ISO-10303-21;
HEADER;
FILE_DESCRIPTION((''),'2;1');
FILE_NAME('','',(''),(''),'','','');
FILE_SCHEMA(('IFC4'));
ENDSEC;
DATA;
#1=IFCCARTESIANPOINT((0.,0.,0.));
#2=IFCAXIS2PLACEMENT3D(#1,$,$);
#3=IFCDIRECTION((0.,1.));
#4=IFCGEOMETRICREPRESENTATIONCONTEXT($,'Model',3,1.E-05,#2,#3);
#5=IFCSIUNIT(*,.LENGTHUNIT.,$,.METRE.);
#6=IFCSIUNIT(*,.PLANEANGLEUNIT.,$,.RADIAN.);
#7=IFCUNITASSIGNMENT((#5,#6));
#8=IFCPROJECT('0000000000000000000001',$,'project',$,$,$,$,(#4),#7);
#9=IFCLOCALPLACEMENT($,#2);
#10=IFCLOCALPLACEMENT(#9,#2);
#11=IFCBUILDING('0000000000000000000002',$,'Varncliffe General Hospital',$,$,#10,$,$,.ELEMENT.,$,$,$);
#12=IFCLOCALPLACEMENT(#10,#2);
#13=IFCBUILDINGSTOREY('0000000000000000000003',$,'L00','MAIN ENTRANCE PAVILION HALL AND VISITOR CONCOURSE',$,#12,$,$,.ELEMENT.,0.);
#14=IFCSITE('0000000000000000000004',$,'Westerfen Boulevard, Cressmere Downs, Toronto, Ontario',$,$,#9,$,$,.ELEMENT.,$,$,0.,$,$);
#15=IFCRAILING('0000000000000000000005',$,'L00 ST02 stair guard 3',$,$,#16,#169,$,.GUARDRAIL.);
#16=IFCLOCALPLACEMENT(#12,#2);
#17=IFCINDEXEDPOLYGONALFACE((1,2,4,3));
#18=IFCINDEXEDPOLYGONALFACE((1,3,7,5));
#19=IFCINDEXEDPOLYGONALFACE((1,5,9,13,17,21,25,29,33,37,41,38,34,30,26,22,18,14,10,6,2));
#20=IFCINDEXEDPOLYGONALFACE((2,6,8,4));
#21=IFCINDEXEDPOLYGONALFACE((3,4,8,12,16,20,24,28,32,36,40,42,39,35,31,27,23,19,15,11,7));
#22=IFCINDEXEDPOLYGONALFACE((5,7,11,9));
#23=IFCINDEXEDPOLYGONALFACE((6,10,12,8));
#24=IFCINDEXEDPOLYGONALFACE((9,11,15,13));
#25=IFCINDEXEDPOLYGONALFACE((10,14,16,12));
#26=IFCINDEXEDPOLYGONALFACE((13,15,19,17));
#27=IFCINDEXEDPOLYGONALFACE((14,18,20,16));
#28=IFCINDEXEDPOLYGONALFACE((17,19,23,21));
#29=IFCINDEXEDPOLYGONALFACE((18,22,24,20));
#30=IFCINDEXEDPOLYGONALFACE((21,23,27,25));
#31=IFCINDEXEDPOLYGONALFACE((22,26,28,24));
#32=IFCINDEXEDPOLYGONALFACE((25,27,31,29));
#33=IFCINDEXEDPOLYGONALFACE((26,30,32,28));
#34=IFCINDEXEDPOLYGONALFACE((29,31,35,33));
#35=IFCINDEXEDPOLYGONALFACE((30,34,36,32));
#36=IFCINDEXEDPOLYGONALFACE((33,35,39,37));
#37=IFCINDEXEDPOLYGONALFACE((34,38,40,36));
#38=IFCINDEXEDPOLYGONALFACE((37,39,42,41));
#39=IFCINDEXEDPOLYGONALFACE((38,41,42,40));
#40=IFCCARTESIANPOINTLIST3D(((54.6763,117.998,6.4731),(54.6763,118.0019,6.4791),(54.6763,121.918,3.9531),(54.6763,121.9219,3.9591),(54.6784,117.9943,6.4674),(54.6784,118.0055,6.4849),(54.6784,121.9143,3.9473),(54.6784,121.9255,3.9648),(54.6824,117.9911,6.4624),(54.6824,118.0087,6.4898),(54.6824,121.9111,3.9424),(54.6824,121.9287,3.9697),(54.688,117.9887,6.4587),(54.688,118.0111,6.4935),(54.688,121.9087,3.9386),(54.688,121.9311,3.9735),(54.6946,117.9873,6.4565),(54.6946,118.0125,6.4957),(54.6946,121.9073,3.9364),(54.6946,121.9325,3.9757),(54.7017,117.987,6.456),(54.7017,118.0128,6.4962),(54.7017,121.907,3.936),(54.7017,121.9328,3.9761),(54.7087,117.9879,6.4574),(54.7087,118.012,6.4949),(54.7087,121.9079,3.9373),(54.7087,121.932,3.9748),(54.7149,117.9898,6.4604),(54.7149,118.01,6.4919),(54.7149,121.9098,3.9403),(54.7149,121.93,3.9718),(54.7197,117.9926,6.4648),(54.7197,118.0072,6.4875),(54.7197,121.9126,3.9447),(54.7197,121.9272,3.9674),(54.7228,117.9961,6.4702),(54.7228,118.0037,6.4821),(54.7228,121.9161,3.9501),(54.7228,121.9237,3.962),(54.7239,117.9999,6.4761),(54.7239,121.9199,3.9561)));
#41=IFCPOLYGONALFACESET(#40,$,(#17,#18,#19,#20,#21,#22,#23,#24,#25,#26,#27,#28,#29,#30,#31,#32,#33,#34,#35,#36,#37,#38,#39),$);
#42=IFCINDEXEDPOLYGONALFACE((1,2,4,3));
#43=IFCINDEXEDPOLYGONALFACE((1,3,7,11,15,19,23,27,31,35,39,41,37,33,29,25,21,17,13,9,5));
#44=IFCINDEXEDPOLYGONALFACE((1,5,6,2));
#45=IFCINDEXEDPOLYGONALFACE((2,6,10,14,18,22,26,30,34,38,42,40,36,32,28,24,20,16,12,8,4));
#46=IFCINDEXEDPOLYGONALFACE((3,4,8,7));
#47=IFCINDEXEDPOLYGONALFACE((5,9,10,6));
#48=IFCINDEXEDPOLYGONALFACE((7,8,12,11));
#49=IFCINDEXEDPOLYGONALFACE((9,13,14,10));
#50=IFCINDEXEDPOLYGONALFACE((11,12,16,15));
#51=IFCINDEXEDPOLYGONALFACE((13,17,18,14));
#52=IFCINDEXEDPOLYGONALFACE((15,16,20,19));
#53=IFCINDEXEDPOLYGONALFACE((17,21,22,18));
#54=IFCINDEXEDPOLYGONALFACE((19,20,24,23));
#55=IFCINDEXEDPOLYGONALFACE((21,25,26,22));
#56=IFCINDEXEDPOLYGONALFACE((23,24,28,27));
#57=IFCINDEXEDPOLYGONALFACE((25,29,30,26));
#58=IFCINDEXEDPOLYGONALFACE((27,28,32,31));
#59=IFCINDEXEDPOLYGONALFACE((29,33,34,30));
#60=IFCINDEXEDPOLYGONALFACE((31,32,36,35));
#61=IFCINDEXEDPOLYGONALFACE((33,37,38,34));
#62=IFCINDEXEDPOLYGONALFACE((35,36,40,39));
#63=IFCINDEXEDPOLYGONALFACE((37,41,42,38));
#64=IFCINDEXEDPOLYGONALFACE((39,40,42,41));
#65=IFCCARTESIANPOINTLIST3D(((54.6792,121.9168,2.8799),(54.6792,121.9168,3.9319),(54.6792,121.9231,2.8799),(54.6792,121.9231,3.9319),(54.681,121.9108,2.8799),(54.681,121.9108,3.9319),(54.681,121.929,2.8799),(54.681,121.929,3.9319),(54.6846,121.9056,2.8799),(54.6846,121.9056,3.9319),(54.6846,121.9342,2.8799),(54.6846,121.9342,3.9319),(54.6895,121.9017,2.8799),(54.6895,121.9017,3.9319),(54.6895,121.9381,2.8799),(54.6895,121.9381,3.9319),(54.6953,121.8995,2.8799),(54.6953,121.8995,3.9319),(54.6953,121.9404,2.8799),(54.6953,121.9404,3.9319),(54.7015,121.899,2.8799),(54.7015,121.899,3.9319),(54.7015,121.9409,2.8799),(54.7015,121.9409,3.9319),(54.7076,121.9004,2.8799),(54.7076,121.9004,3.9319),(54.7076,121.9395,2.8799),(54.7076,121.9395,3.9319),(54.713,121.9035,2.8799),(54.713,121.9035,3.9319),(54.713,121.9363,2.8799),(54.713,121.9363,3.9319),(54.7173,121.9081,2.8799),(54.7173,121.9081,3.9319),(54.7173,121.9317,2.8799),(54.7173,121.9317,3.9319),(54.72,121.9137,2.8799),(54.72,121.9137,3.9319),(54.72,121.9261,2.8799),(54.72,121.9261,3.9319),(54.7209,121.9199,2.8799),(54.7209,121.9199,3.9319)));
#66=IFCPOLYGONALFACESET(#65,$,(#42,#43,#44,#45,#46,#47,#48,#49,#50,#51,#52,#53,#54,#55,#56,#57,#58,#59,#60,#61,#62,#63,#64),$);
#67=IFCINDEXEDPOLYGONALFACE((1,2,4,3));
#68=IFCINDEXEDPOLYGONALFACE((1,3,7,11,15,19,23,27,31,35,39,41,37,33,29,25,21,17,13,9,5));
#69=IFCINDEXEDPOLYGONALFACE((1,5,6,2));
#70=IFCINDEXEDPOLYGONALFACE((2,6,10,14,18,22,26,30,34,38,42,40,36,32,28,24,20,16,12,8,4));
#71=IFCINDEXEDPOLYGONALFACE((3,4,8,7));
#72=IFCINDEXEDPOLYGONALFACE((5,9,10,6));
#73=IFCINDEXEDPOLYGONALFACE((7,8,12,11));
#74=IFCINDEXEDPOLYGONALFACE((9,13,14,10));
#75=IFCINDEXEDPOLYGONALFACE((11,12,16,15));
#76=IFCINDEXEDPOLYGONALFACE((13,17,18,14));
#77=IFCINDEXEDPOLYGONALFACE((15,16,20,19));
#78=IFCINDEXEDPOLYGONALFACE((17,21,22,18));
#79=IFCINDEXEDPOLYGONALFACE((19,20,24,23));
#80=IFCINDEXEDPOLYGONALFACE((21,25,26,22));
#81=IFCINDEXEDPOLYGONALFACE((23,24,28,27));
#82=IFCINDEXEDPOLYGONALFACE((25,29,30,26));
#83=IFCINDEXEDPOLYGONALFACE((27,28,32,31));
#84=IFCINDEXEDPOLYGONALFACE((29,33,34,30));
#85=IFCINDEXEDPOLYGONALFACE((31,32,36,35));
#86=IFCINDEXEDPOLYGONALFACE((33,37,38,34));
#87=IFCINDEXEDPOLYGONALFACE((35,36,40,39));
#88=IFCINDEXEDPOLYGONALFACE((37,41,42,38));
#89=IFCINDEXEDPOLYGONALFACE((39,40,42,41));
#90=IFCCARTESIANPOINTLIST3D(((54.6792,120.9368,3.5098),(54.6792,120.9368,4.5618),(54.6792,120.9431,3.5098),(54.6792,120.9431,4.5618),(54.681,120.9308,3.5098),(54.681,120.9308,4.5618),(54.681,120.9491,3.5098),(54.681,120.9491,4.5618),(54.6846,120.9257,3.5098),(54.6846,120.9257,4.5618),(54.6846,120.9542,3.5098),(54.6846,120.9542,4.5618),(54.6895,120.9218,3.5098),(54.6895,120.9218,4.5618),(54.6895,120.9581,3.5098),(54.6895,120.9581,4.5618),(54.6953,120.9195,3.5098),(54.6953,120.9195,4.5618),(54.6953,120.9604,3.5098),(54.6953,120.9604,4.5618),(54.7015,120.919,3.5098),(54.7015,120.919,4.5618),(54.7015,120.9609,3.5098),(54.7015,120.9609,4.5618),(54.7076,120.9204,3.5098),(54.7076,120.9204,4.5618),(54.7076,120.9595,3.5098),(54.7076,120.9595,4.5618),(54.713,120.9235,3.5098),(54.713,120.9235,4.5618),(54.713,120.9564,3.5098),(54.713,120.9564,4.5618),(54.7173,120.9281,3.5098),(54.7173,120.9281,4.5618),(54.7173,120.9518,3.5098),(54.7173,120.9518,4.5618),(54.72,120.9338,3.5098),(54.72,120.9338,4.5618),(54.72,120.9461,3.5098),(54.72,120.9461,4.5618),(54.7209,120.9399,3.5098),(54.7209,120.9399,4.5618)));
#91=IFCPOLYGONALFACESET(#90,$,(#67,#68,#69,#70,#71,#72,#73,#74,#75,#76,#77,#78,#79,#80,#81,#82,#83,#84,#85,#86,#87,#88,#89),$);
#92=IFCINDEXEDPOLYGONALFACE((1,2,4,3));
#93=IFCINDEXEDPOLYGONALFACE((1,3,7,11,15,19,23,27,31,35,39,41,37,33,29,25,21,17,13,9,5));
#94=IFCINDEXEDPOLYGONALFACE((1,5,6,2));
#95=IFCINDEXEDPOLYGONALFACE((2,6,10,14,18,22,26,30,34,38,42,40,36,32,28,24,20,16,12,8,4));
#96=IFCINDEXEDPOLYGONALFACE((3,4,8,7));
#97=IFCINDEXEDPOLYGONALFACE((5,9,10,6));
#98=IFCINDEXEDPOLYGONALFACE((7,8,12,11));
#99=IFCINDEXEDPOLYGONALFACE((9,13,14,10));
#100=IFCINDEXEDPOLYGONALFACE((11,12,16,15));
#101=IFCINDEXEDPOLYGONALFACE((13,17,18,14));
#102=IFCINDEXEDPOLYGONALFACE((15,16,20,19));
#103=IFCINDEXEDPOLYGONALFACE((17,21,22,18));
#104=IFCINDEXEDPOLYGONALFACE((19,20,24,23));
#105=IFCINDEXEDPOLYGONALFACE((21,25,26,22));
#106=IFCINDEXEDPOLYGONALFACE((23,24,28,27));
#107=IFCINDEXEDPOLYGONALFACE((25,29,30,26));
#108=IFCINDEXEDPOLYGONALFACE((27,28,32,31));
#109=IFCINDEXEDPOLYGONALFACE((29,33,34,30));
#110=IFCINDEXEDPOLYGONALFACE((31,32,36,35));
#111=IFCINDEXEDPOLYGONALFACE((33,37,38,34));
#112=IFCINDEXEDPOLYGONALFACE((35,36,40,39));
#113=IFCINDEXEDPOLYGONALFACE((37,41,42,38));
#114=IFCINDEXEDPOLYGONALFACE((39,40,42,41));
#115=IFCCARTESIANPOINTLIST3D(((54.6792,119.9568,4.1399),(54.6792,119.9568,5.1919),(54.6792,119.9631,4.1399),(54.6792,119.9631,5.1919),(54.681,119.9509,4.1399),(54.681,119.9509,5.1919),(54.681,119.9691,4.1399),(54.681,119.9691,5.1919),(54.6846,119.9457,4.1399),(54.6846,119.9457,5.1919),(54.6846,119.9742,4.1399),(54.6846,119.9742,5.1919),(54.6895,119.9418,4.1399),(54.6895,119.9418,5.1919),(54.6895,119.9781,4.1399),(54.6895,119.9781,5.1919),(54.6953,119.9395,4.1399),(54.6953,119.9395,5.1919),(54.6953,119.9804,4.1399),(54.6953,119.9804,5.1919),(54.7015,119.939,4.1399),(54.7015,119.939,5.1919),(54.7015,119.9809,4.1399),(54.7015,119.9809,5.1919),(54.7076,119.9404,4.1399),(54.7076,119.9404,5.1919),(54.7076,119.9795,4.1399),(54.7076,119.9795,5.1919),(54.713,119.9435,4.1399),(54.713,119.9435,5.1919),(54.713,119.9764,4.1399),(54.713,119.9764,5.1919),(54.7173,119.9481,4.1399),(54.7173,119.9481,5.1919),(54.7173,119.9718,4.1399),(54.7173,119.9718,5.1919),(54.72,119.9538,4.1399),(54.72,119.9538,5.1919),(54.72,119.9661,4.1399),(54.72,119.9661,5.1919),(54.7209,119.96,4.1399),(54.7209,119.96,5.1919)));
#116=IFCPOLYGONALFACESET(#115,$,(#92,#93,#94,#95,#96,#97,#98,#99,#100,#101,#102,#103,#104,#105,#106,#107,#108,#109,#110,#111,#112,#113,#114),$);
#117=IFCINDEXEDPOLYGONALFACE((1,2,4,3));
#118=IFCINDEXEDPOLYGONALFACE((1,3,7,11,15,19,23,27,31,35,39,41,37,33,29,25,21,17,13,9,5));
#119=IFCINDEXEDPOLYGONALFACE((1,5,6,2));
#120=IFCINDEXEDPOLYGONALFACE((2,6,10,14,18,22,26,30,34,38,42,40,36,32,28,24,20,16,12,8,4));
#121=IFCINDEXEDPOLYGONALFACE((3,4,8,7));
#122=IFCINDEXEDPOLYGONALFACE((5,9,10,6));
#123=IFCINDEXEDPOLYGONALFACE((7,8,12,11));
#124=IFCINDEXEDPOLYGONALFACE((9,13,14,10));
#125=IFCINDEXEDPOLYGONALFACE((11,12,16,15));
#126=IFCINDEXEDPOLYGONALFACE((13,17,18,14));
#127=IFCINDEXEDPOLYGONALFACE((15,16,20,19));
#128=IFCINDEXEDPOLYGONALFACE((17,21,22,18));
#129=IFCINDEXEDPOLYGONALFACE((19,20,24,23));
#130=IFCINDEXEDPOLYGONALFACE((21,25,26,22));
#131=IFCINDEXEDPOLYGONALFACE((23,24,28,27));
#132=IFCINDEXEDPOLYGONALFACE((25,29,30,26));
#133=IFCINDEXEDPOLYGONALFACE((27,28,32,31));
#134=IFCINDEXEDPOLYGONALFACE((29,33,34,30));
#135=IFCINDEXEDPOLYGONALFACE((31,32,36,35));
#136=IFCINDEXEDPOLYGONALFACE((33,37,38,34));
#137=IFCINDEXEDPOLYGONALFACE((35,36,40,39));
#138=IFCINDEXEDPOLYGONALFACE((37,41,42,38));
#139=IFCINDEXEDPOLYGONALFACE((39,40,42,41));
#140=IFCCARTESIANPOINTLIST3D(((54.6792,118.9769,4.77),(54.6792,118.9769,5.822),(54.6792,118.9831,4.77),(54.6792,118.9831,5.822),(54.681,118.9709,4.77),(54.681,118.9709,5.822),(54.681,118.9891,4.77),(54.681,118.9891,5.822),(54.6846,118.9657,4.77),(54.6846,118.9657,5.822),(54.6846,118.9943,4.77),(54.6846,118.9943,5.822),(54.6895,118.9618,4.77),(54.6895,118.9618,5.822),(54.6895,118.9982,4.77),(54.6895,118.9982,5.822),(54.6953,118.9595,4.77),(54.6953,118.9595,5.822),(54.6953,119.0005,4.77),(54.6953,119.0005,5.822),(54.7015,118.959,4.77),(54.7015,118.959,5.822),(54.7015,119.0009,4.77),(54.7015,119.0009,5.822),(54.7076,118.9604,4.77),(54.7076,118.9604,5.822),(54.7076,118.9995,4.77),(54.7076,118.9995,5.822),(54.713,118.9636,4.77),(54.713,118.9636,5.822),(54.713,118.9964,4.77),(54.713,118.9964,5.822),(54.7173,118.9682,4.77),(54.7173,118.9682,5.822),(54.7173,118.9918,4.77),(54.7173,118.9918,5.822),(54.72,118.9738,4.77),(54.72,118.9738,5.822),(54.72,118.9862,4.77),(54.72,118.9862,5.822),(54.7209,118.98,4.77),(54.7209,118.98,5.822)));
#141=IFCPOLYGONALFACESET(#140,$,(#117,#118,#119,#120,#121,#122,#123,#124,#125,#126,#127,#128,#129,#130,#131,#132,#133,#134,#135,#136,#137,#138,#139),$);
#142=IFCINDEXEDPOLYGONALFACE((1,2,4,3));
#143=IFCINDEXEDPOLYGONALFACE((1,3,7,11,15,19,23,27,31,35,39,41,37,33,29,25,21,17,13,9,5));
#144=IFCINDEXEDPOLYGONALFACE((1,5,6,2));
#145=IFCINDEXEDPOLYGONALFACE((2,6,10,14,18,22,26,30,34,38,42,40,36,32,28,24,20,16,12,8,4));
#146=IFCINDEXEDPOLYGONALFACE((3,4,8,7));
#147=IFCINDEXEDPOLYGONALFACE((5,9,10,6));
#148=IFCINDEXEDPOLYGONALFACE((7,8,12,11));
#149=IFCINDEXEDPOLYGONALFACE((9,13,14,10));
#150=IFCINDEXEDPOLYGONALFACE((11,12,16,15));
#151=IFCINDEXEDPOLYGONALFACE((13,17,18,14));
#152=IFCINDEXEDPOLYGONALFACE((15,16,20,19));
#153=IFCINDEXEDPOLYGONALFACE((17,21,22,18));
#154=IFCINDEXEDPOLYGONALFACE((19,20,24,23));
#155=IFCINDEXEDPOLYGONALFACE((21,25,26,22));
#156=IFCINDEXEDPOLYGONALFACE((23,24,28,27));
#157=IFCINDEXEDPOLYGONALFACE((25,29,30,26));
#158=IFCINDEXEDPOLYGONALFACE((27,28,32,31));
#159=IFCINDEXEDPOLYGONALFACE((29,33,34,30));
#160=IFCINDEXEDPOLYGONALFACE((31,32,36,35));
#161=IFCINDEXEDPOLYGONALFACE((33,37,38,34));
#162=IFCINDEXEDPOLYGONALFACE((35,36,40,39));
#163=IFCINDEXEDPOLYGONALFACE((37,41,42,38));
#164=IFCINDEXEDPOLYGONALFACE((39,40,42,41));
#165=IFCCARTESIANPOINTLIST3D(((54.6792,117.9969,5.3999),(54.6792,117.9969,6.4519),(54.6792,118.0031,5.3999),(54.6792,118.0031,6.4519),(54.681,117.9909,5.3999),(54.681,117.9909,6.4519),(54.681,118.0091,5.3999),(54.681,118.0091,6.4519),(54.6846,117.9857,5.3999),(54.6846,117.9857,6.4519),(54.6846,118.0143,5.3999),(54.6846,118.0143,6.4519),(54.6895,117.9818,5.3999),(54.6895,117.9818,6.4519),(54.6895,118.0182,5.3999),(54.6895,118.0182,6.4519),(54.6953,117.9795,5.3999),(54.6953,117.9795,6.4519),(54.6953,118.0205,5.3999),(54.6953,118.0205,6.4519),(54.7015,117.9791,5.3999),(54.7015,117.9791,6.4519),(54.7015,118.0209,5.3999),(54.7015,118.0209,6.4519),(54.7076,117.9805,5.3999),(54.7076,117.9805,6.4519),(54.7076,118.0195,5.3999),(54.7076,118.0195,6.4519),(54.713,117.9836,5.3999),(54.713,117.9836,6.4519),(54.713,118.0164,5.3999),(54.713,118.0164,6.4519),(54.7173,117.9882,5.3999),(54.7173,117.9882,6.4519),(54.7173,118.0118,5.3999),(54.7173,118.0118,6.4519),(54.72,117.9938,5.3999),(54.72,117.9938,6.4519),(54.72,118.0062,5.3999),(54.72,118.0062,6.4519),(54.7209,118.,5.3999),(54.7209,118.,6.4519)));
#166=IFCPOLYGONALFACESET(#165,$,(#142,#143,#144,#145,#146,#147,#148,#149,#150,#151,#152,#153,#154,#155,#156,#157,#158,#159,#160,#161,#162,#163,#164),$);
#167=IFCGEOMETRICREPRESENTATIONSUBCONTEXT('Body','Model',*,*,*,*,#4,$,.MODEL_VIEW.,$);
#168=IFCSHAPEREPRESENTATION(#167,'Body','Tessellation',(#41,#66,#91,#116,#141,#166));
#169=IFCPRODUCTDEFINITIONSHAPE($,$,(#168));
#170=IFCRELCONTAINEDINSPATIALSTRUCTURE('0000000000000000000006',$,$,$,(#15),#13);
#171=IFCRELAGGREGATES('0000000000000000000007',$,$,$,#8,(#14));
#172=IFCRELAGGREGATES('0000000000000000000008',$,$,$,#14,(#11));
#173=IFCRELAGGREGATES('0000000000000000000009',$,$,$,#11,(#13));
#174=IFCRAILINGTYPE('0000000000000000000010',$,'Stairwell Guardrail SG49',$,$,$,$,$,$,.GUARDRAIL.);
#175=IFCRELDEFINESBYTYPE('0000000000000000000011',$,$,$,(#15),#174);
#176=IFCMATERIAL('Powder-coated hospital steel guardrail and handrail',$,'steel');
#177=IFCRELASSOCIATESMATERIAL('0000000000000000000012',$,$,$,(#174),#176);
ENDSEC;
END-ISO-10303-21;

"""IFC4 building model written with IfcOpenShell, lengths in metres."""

from ifc_helpers import new_model, si_unit, direction, frame, origin, origin_2d, place, context, subcontext, project, spatial, circle, extrude, material, type_object, element, save


model = new_model("IFC4")

# Units and contexts
model_context = context("Model", 3, precision=1e-05, world=origin(), true_north=direction((0.0, 1.0)))
body_context = subcontext(model_context, "Body", "Model", "MODEL_VIEW")
ifc_project = project(units=[si_unit("LENGTHUNIT", "METRE"), si_unit("PLANEANGLEUNIT", "RADIAN")], contexts=[model_context])

# Site, building, storey
site_placement = place(None, origin())
site = spatial("IfcSite", under=ifc_project, at=site_placement, Name="Westerfen Boulevard, Cressmere Downs, Toronto, Ontario", CompositionType="ELEMENT", RefElevation=0.0)
building_placement = place(site_placement, origin())
building = spatial("IfcBuilding", under=site, at=building_placement, Name="Varncliffe General Hospital", CompositionType="ELEMENT")
storey_placement = place(building_placement, origin())
storey = spatial("IfcBuildingStorey", under=building, at=storey_placement, Name="L00", Description="MAIN ENTRANCE PAVILION HALL AND VISITOR CONCOURSE", CompositionType="ELEMENT", Elevation=0.0)

# Railing
ifc_material_1 = material(Name="Powder-coated hospital steel guardrail and handrail", Category="steel")
railing_type_1 = type_object("IfcRailingType", Name="Stairwell Guardrail SG49", PredefinedType="GUARDRAIL", material=ifc_material_1)
railing_1_placement = place(storey_placement, frame((54.7, 121.9199, 2.8799)))
element("IfcRailing", 1, at=railing_1_placement, inside=storey, type_object=railing_type_1, Name="L00 ST02 stair guard 3", PredefinedType="GUARDRAIL", context=body_context, shape_type="SweptSolid", body=[
    extrude(circle(Radius=0.0239, at=origin_2d()), frame((0.0, 0.0, 1.0762), z_axis=(0.0, -0.841172, 0.540768), x_axis=(1.0, 0.0, 0.0)), (0.0, 0.0, 1.0), 4.6602),
    extrude(circle(Radius=0.021, at=origin_2d()), origin(), (0.0, 0.0, 1.0), 1.052),
    extrude(circle(Radius=0.021, at=origin_2d()), frame((0.0, -0.98, 0.6299)), (0.0, 0.0, 1.0), 1.052),
    extrude(circle(Radius=0.021, at=origin_2d()), frame((0.0, -1.96, 1.26)), (0.0, 0.0, 1.0), 1.052),
    extrude(circle(Radius=0.021, at=origin_2d()), frame((0.0, -2.9399, 1.8901)), (0.0, 0.0, 1.0), 1.052),
    extrude(circle(Radius=0.021, at=origin_2d()), frame((0.0, -3.9199, 2.52)), (0.0, 0.0, 1.0), 1.052),
])

save(model, "model.ifc")
